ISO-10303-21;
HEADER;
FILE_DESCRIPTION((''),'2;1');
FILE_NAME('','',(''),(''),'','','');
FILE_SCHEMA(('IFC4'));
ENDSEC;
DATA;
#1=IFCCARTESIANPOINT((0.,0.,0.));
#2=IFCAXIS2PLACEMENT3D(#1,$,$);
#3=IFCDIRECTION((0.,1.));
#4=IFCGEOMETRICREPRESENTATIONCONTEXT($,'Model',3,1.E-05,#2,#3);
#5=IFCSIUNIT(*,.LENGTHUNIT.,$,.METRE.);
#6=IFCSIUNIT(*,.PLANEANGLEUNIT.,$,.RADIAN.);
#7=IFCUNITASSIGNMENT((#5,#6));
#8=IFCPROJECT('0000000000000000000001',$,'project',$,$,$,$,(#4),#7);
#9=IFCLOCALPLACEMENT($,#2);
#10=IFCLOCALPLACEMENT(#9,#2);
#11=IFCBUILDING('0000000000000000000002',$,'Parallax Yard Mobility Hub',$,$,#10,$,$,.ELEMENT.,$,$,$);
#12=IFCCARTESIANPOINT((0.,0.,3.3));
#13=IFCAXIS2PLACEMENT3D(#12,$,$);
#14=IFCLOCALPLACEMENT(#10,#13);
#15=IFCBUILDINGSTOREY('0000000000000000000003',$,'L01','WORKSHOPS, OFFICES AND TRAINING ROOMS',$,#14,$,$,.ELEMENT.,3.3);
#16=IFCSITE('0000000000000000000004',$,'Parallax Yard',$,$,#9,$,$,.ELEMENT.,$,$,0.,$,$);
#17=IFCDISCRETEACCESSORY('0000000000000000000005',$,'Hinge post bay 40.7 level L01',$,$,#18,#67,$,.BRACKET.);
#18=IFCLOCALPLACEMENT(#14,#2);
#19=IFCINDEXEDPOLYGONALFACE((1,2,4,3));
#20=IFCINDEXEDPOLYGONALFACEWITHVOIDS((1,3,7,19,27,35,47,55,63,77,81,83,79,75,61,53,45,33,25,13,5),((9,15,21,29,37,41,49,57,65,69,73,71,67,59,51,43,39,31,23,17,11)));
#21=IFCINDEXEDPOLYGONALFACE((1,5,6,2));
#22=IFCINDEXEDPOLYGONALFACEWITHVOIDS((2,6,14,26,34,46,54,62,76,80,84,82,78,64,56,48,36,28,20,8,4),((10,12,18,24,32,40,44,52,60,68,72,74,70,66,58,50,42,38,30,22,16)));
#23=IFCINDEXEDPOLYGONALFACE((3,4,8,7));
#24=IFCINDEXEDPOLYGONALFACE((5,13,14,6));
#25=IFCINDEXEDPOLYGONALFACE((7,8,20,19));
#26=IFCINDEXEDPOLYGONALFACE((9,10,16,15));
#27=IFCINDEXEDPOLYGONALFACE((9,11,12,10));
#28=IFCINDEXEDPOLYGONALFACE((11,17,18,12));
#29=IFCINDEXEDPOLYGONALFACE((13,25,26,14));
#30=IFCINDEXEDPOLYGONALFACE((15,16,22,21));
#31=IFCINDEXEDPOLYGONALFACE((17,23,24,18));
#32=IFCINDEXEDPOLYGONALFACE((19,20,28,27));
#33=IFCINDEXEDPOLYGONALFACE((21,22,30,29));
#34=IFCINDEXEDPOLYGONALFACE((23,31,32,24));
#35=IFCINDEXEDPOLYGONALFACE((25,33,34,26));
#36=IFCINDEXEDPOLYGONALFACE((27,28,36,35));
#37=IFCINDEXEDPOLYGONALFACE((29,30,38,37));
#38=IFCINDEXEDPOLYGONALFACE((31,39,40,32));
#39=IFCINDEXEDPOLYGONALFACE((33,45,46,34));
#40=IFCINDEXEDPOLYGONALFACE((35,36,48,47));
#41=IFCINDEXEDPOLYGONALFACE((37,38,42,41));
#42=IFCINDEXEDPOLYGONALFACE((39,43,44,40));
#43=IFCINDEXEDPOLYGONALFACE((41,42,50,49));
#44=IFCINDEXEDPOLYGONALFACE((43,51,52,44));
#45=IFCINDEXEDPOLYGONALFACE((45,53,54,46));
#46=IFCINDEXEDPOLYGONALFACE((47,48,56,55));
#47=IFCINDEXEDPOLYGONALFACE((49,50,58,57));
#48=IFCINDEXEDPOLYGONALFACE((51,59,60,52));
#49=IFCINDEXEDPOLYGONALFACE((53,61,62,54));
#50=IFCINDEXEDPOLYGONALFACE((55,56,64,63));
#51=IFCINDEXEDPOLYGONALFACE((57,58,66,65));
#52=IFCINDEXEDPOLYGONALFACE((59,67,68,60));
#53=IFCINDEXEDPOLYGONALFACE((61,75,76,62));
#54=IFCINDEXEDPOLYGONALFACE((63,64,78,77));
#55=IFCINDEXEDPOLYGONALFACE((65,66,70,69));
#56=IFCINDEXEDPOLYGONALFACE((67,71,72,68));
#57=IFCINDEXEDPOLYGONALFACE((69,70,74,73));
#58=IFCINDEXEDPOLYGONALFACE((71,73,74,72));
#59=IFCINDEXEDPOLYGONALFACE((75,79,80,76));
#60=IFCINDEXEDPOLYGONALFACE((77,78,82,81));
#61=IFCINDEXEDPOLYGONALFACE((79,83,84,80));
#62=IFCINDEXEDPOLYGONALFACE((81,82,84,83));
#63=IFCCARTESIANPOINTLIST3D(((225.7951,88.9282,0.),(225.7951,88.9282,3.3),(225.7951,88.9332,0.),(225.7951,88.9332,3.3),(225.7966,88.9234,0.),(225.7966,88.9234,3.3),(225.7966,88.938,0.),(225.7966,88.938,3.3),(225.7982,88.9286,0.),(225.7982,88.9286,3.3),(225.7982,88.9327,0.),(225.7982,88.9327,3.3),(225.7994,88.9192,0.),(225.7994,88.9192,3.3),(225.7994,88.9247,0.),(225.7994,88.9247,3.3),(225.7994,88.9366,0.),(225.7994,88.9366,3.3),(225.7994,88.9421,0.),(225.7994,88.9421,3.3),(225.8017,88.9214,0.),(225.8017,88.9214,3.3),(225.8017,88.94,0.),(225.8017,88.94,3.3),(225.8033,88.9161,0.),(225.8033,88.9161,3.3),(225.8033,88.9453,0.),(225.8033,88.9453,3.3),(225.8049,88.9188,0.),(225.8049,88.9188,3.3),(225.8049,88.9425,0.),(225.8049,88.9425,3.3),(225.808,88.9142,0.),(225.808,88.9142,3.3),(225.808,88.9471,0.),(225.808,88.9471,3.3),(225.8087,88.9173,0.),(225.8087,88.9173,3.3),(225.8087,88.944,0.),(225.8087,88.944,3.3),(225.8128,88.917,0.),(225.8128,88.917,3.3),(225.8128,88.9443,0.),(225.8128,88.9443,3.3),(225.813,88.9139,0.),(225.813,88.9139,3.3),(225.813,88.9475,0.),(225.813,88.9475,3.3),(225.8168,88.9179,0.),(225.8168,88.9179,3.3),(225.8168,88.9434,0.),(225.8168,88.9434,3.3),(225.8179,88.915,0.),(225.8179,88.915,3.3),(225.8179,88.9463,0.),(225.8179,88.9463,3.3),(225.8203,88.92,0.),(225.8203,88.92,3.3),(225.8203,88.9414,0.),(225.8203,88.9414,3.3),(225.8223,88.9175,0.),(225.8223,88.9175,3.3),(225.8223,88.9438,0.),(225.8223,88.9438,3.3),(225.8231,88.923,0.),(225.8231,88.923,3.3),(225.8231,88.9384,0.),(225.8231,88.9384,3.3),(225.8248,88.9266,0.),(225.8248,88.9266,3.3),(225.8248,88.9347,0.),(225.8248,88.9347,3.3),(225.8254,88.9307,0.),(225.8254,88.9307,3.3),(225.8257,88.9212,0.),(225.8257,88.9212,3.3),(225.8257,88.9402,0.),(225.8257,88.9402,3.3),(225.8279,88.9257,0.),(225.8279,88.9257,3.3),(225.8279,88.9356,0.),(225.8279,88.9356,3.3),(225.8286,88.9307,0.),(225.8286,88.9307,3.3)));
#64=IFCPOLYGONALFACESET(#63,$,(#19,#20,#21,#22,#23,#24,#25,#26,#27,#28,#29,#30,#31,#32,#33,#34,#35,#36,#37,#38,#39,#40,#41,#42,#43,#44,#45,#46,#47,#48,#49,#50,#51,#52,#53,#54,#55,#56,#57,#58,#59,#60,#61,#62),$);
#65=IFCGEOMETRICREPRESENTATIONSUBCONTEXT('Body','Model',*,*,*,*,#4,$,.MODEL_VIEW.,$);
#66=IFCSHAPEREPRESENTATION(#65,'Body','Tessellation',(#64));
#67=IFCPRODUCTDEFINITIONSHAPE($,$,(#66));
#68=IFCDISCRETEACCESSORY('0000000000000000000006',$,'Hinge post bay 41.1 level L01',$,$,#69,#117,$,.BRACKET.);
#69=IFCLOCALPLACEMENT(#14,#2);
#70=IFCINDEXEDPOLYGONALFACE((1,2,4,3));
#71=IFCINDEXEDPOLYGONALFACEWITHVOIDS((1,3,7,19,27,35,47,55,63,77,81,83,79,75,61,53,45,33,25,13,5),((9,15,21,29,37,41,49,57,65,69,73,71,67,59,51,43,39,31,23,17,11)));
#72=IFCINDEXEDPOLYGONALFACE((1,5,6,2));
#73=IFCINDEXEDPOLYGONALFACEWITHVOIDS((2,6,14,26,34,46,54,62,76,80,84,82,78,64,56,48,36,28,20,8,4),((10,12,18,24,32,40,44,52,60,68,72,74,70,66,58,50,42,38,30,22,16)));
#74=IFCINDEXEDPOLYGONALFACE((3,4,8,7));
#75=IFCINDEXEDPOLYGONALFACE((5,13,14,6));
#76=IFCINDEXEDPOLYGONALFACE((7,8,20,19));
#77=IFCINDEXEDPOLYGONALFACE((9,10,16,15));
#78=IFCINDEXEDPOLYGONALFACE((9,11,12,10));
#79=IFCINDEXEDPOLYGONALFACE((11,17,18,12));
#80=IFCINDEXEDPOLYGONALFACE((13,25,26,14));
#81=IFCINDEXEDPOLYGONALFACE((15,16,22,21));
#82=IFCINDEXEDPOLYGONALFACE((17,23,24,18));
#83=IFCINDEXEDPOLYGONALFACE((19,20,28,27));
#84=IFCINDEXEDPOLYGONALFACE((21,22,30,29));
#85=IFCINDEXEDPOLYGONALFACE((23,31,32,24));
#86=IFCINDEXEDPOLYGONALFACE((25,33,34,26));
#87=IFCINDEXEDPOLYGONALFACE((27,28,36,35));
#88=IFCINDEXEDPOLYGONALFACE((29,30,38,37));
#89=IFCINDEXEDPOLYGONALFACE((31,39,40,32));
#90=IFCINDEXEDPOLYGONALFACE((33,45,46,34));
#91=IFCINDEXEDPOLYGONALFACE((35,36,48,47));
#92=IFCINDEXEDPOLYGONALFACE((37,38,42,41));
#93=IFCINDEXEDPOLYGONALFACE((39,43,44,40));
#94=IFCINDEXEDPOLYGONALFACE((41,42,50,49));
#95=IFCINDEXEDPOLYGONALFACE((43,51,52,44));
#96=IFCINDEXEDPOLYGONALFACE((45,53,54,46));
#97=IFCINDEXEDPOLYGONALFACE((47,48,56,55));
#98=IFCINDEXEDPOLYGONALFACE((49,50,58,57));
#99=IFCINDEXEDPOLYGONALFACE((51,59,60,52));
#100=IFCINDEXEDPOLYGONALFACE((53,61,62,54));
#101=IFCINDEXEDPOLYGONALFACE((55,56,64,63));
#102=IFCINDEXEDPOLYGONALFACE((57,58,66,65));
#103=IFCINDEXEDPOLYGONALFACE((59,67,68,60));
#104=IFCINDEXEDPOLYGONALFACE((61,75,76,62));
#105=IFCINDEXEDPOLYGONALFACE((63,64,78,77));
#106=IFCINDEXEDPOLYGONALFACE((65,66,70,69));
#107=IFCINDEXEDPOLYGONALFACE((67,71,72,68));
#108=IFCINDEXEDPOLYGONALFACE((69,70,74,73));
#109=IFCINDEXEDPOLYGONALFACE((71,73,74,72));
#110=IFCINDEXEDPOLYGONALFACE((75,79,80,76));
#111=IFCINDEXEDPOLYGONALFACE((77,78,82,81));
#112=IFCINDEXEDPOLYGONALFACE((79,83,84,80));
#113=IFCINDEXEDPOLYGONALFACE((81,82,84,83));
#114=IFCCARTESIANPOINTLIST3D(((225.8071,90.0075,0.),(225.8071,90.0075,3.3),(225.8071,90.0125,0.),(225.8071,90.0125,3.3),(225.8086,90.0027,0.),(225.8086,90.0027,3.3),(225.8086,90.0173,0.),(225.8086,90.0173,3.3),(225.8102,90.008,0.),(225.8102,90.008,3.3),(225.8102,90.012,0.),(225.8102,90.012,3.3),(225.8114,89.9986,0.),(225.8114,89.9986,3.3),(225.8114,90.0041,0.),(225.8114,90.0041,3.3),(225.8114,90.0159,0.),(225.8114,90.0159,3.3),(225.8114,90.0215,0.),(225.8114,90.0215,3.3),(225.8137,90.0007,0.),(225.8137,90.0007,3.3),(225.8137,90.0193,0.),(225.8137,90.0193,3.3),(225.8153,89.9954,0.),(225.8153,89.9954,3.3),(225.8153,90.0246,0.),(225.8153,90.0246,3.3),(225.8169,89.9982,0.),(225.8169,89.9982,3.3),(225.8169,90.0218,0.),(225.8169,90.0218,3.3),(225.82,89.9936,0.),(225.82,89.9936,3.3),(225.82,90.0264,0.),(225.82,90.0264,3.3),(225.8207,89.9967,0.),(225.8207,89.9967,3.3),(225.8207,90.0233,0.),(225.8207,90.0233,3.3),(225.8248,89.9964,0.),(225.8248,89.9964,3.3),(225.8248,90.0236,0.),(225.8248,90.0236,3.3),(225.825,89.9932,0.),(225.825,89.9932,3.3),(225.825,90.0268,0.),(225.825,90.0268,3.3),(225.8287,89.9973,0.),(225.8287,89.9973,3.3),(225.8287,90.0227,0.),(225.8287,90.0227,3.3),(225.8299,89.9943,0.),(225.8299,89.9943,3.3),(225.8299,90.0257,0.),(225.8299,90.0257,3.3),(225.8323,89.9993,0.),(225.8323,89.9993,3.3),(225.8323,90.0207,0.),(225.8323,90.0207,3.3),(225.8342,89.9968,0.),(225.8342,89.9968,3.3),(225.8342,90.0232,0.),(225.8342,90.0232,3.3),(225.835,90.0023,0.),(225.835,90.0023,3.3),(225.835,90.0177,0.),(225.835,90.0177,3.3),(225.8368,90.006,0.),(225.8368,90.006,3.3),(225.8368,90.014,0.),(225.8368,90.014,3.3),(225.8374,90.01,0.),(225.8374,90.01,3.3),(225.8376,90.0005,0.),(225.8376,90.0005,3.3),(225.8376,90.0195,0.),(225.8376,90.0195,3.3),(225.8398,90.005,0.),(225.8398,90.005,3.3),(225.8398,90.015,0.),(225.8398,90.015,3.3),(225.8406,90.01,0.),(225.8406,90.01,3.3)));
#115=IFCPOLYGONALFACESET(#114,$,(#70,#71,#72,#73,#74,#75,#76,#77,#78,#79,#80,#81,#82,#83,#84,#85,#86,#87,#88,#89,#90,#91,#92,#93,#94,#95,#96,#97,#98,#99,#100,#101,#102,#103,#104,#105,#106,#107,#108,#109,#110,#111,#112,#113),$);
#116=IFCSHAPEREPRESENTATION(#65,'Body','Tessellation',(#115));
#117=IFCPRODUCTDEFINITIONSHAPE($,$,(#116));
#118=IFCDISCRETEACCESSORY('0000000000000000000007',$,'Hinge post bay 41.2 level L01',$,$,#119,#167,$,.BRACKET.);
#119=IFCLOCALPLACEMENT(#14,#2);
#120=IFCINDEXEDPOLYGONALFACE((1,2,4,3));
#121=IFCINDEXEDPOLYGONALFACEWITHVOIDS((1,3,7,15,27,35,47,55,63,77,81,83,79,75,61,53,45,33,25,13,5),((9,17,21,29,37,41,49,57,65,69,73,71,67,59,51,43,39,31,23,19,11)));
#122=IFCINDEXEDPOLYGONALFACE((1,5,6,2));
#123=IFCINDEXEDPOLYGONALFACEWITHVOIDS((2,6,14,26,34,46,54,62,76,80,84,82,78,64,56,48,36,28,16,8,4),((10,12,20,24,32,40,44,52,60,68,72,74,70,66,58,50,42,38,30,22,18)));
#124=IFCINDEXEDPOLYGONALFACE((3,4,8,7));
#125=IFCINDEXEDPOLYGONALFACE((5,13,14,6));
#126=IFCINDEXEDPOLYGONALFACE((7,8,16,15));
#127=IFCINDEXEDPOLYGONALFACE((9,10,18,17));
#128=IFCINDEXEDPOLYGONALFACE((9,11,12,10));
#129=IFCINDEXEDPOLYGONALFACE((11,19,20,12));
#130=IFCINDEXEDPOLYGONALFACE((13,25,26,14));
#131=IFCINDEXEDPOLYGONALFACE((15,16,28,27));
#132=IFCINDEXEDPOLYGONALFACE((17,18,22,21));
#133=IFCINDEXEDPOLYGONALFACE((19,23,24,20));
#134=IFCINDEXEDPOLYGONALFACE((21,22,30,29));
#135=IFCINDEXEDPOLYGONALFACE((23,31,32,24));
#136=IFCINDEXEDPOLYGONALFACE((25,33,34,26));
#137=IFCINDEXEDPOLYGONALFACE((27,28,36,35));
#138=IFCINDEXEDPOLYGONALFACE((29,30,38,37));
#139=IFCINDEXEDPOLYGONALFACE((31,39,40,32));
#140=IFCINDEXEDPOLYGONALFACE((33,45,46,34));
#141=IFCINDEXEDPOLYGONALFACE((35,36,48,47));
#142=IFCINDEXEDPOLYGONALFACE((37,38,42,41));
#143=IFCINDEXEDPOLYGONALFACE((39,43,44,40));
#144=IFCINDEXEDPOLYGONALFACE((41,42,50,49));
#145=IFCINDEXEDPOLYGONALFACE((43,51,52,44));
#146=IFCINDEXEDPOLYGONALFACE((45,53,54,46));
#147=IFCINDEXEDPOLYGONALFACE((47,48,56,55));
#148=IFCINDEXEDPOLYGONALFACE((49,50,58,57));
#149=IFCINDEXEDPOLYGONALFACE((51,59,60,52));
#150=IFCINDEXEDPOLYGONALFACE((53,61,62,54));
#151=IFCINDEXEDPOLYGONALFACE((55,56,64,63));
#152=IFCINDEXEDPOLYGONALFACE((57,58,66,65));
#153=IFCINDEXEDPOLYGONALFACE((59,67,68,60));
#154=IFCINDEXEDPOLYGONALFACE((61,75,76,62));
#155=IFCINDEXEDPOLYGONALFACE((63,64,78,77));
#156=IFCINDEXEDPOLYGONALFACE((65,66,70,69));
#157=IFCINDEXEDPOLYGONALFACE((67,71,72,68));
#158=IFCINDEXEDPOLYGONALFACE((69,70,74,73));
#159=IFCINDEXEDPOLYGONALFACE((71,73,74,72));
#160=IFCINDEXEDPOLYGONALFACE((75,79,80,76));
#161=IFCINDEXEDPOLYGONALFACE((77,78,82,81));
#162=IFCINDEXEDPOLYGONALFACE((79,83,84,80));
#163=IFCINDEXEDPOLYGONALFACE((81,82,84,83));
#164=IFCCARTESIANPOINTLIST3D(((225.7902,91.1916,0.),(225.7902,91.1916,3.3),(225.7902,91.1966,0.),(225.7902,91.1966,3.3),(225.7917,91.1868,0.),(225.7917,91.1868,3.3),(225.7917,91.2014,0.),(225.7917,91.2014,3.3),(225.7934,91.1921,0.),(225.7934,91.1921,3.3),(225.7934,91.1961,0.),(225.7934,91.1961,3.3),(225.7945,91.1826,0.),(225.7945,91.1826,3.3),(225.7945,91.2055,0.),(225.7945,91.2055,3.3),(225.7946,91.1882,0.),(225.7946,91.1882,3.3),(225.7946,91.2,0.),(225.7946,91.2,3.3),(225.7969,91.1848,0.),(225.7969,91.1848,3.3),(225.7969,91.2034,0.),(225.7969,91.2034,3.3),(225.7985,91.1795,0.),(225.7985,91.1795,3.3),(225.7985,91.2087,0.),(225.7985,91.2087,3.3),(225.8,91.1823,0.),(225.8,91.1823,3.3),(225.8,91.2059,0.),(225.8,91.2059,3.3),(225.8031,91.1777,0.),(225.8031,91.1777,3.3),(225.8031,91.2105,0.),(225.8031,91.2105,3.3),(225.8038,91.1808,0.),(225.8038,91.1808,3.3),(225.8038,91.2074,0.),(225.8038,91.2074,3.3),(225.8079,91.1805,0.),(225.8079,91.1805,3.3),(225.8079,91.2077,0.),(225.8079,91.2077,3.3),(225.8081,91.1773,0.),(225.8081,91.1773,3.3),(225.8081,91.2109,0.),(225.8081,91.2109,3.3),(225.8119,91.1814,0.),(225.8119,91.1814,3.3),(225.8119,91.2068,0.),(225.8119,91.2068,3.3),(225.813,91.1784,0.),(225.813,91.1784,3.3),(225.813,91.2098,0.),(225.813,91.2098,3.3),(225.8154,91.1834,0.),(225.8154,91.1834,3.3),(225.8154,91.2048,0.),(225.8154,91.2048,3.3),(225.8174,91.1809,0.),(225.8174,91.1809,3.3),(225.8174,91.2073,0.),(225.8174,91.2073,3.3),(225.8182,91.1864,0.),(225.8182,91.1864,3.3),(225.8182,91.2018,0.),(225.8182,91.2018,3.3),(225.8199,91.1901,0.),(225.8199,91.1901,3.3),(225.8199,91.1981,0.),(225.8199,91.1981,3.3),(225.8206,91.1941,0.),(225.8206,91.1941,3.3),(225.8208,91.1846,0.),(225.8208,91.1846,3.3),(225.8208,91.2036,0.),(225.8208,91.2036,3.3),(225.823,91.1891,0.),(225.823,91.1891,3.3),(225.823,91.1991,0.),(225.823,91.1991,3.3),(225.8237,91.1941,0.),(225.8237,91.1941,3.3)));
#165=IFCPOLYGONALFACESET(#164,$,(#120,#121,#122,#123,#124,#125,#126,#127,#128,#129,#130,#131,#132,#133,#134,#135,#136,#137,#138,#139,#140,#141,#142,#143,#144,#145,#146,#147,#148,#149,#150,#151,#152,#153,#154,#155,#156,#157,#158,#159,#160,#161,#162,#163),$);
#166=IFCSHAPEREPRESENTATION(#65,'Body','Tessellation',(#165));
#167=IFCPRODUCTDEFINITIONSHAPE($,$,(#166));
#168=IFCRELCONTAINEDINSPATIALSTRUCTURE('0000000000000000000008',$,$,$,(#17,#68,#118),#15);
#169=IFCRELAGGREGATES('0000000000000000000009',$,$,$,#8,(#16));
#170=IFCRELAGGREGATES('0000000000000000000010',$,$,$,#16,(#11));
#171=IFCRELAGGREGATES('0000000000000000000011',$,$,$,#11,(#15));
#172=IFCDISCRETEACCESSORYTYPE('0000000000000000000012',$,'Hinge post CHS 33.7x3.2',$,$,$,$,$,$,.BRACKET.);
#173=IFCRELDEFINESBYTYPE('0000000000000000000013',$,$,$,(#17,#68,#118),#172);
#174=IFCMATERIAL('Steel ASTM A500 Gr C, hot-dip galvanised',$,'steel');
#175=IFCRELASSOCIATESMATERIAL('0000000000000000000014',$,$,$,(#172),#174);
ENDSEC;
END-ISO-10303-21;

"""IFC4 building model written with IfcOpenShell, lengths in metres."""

from ifc_helpers import new_model, si_unit, direction, frame, origin, origin_2d, place, context, subcontext, project, spatial, hollow_circle, extrude, material, material_profile, profile_set, type_object, element, save


model = new_model("IFC4")

# Units and contexts
model_context = context("Model", 3, precision=1e-05, world=origin(), true_north=direction((0.0, 1.0)))
body_context = subcontext(model_context, "Body", "Model", "MODEL_VIEW")
ifc_project = project(units=[si_unit("LENGTHUNIT", "METRE"), si_unit("PLANEANGLEUNIT", "RADIAN")], contexts=[model_context])

# Site, building, storey
site_placement = place(None, origin())
site = spatial("IfcSite", under=ifc_project, at=site_placement, Name="Parallax Yard", CompositionType="ELEMENT", RefElevation=0.0)
building_placement = place(site_placement, origin())
building = spatial("IfcBuilding", under=site, at=building_placement, Name="Parallax Yard Mobility Hub", CompositionType="ELEMENT")
storey_placement = place(building_placement, frame((0.0, 0.0, 3.3)))
storey = spatial("IfcBuildingStorey", under=building, at=storey_placement, Name="L01", Description="WORKSHOPS, OFFICES AND TRAINING ROOMS", CompositionType="ELEMENT", Elevation=3.3)

# Discrete accessories
ifc_material_1 = material(Name="Steel ASTM A500 Gr C, hot-dip galvanised", Category="steel")
ifc_material_profile_1 = material_profile(ifc_material_1, hollow_circle(Radius=0.0168, WallThickness=0.0032, at=origin_2d()), Name="CHS 33.7x3.2")
ifc_profile_set_1 = profile_set([ifc_material_profile_1], Name="Steel ASTM A500 Gr C, hot-dip galvanised")
discrete_accessory_type_1 = type_object("IfcDiscreteAccessoryType", Name="Hinge post CHS 33.7x3.2", PredefinedType="BRACKET", material=ifc_profile_set_1)
for number, where, z_axis, x_axis, name in (
    (1, (225.8118, 88.9307, 0.0), (0.0, 0.0, 1.0), (1.0, 0.0, 0.0), "Hinge post bay 40.7 level L01"),
    (2, (225.8237, 90.01, 0.0), (0.0, 0.0, 1.0), (1.0, 0.0, 0.0), "Hinge post bay 41.1 level L01"),
    (3, (225.8069, 91.1941, 0.0), (0.0, 0.0, 1.0), (1.0, 0.0, 0.0), "Hinge post bay 41.2 level L01"),
):
    element("IfcDiscreteAccessory", number, at=place(storey_placement, frame(where, z_axis=z_axis, x_axis=x_axis)), inside=storey, type_object=discrete_accessory_type_1, Name=name, PredefinedType="BRACKET", context=body_context, shape_type="SweptSolid", body=[
        extrude(hollow_circle(Radius=0.0168, WallThickness=0.0032, at=origin_2d()), origin(), (0.0, 0.0, 1.0), 3.3),
    ])

save(model, "model.ifc")
